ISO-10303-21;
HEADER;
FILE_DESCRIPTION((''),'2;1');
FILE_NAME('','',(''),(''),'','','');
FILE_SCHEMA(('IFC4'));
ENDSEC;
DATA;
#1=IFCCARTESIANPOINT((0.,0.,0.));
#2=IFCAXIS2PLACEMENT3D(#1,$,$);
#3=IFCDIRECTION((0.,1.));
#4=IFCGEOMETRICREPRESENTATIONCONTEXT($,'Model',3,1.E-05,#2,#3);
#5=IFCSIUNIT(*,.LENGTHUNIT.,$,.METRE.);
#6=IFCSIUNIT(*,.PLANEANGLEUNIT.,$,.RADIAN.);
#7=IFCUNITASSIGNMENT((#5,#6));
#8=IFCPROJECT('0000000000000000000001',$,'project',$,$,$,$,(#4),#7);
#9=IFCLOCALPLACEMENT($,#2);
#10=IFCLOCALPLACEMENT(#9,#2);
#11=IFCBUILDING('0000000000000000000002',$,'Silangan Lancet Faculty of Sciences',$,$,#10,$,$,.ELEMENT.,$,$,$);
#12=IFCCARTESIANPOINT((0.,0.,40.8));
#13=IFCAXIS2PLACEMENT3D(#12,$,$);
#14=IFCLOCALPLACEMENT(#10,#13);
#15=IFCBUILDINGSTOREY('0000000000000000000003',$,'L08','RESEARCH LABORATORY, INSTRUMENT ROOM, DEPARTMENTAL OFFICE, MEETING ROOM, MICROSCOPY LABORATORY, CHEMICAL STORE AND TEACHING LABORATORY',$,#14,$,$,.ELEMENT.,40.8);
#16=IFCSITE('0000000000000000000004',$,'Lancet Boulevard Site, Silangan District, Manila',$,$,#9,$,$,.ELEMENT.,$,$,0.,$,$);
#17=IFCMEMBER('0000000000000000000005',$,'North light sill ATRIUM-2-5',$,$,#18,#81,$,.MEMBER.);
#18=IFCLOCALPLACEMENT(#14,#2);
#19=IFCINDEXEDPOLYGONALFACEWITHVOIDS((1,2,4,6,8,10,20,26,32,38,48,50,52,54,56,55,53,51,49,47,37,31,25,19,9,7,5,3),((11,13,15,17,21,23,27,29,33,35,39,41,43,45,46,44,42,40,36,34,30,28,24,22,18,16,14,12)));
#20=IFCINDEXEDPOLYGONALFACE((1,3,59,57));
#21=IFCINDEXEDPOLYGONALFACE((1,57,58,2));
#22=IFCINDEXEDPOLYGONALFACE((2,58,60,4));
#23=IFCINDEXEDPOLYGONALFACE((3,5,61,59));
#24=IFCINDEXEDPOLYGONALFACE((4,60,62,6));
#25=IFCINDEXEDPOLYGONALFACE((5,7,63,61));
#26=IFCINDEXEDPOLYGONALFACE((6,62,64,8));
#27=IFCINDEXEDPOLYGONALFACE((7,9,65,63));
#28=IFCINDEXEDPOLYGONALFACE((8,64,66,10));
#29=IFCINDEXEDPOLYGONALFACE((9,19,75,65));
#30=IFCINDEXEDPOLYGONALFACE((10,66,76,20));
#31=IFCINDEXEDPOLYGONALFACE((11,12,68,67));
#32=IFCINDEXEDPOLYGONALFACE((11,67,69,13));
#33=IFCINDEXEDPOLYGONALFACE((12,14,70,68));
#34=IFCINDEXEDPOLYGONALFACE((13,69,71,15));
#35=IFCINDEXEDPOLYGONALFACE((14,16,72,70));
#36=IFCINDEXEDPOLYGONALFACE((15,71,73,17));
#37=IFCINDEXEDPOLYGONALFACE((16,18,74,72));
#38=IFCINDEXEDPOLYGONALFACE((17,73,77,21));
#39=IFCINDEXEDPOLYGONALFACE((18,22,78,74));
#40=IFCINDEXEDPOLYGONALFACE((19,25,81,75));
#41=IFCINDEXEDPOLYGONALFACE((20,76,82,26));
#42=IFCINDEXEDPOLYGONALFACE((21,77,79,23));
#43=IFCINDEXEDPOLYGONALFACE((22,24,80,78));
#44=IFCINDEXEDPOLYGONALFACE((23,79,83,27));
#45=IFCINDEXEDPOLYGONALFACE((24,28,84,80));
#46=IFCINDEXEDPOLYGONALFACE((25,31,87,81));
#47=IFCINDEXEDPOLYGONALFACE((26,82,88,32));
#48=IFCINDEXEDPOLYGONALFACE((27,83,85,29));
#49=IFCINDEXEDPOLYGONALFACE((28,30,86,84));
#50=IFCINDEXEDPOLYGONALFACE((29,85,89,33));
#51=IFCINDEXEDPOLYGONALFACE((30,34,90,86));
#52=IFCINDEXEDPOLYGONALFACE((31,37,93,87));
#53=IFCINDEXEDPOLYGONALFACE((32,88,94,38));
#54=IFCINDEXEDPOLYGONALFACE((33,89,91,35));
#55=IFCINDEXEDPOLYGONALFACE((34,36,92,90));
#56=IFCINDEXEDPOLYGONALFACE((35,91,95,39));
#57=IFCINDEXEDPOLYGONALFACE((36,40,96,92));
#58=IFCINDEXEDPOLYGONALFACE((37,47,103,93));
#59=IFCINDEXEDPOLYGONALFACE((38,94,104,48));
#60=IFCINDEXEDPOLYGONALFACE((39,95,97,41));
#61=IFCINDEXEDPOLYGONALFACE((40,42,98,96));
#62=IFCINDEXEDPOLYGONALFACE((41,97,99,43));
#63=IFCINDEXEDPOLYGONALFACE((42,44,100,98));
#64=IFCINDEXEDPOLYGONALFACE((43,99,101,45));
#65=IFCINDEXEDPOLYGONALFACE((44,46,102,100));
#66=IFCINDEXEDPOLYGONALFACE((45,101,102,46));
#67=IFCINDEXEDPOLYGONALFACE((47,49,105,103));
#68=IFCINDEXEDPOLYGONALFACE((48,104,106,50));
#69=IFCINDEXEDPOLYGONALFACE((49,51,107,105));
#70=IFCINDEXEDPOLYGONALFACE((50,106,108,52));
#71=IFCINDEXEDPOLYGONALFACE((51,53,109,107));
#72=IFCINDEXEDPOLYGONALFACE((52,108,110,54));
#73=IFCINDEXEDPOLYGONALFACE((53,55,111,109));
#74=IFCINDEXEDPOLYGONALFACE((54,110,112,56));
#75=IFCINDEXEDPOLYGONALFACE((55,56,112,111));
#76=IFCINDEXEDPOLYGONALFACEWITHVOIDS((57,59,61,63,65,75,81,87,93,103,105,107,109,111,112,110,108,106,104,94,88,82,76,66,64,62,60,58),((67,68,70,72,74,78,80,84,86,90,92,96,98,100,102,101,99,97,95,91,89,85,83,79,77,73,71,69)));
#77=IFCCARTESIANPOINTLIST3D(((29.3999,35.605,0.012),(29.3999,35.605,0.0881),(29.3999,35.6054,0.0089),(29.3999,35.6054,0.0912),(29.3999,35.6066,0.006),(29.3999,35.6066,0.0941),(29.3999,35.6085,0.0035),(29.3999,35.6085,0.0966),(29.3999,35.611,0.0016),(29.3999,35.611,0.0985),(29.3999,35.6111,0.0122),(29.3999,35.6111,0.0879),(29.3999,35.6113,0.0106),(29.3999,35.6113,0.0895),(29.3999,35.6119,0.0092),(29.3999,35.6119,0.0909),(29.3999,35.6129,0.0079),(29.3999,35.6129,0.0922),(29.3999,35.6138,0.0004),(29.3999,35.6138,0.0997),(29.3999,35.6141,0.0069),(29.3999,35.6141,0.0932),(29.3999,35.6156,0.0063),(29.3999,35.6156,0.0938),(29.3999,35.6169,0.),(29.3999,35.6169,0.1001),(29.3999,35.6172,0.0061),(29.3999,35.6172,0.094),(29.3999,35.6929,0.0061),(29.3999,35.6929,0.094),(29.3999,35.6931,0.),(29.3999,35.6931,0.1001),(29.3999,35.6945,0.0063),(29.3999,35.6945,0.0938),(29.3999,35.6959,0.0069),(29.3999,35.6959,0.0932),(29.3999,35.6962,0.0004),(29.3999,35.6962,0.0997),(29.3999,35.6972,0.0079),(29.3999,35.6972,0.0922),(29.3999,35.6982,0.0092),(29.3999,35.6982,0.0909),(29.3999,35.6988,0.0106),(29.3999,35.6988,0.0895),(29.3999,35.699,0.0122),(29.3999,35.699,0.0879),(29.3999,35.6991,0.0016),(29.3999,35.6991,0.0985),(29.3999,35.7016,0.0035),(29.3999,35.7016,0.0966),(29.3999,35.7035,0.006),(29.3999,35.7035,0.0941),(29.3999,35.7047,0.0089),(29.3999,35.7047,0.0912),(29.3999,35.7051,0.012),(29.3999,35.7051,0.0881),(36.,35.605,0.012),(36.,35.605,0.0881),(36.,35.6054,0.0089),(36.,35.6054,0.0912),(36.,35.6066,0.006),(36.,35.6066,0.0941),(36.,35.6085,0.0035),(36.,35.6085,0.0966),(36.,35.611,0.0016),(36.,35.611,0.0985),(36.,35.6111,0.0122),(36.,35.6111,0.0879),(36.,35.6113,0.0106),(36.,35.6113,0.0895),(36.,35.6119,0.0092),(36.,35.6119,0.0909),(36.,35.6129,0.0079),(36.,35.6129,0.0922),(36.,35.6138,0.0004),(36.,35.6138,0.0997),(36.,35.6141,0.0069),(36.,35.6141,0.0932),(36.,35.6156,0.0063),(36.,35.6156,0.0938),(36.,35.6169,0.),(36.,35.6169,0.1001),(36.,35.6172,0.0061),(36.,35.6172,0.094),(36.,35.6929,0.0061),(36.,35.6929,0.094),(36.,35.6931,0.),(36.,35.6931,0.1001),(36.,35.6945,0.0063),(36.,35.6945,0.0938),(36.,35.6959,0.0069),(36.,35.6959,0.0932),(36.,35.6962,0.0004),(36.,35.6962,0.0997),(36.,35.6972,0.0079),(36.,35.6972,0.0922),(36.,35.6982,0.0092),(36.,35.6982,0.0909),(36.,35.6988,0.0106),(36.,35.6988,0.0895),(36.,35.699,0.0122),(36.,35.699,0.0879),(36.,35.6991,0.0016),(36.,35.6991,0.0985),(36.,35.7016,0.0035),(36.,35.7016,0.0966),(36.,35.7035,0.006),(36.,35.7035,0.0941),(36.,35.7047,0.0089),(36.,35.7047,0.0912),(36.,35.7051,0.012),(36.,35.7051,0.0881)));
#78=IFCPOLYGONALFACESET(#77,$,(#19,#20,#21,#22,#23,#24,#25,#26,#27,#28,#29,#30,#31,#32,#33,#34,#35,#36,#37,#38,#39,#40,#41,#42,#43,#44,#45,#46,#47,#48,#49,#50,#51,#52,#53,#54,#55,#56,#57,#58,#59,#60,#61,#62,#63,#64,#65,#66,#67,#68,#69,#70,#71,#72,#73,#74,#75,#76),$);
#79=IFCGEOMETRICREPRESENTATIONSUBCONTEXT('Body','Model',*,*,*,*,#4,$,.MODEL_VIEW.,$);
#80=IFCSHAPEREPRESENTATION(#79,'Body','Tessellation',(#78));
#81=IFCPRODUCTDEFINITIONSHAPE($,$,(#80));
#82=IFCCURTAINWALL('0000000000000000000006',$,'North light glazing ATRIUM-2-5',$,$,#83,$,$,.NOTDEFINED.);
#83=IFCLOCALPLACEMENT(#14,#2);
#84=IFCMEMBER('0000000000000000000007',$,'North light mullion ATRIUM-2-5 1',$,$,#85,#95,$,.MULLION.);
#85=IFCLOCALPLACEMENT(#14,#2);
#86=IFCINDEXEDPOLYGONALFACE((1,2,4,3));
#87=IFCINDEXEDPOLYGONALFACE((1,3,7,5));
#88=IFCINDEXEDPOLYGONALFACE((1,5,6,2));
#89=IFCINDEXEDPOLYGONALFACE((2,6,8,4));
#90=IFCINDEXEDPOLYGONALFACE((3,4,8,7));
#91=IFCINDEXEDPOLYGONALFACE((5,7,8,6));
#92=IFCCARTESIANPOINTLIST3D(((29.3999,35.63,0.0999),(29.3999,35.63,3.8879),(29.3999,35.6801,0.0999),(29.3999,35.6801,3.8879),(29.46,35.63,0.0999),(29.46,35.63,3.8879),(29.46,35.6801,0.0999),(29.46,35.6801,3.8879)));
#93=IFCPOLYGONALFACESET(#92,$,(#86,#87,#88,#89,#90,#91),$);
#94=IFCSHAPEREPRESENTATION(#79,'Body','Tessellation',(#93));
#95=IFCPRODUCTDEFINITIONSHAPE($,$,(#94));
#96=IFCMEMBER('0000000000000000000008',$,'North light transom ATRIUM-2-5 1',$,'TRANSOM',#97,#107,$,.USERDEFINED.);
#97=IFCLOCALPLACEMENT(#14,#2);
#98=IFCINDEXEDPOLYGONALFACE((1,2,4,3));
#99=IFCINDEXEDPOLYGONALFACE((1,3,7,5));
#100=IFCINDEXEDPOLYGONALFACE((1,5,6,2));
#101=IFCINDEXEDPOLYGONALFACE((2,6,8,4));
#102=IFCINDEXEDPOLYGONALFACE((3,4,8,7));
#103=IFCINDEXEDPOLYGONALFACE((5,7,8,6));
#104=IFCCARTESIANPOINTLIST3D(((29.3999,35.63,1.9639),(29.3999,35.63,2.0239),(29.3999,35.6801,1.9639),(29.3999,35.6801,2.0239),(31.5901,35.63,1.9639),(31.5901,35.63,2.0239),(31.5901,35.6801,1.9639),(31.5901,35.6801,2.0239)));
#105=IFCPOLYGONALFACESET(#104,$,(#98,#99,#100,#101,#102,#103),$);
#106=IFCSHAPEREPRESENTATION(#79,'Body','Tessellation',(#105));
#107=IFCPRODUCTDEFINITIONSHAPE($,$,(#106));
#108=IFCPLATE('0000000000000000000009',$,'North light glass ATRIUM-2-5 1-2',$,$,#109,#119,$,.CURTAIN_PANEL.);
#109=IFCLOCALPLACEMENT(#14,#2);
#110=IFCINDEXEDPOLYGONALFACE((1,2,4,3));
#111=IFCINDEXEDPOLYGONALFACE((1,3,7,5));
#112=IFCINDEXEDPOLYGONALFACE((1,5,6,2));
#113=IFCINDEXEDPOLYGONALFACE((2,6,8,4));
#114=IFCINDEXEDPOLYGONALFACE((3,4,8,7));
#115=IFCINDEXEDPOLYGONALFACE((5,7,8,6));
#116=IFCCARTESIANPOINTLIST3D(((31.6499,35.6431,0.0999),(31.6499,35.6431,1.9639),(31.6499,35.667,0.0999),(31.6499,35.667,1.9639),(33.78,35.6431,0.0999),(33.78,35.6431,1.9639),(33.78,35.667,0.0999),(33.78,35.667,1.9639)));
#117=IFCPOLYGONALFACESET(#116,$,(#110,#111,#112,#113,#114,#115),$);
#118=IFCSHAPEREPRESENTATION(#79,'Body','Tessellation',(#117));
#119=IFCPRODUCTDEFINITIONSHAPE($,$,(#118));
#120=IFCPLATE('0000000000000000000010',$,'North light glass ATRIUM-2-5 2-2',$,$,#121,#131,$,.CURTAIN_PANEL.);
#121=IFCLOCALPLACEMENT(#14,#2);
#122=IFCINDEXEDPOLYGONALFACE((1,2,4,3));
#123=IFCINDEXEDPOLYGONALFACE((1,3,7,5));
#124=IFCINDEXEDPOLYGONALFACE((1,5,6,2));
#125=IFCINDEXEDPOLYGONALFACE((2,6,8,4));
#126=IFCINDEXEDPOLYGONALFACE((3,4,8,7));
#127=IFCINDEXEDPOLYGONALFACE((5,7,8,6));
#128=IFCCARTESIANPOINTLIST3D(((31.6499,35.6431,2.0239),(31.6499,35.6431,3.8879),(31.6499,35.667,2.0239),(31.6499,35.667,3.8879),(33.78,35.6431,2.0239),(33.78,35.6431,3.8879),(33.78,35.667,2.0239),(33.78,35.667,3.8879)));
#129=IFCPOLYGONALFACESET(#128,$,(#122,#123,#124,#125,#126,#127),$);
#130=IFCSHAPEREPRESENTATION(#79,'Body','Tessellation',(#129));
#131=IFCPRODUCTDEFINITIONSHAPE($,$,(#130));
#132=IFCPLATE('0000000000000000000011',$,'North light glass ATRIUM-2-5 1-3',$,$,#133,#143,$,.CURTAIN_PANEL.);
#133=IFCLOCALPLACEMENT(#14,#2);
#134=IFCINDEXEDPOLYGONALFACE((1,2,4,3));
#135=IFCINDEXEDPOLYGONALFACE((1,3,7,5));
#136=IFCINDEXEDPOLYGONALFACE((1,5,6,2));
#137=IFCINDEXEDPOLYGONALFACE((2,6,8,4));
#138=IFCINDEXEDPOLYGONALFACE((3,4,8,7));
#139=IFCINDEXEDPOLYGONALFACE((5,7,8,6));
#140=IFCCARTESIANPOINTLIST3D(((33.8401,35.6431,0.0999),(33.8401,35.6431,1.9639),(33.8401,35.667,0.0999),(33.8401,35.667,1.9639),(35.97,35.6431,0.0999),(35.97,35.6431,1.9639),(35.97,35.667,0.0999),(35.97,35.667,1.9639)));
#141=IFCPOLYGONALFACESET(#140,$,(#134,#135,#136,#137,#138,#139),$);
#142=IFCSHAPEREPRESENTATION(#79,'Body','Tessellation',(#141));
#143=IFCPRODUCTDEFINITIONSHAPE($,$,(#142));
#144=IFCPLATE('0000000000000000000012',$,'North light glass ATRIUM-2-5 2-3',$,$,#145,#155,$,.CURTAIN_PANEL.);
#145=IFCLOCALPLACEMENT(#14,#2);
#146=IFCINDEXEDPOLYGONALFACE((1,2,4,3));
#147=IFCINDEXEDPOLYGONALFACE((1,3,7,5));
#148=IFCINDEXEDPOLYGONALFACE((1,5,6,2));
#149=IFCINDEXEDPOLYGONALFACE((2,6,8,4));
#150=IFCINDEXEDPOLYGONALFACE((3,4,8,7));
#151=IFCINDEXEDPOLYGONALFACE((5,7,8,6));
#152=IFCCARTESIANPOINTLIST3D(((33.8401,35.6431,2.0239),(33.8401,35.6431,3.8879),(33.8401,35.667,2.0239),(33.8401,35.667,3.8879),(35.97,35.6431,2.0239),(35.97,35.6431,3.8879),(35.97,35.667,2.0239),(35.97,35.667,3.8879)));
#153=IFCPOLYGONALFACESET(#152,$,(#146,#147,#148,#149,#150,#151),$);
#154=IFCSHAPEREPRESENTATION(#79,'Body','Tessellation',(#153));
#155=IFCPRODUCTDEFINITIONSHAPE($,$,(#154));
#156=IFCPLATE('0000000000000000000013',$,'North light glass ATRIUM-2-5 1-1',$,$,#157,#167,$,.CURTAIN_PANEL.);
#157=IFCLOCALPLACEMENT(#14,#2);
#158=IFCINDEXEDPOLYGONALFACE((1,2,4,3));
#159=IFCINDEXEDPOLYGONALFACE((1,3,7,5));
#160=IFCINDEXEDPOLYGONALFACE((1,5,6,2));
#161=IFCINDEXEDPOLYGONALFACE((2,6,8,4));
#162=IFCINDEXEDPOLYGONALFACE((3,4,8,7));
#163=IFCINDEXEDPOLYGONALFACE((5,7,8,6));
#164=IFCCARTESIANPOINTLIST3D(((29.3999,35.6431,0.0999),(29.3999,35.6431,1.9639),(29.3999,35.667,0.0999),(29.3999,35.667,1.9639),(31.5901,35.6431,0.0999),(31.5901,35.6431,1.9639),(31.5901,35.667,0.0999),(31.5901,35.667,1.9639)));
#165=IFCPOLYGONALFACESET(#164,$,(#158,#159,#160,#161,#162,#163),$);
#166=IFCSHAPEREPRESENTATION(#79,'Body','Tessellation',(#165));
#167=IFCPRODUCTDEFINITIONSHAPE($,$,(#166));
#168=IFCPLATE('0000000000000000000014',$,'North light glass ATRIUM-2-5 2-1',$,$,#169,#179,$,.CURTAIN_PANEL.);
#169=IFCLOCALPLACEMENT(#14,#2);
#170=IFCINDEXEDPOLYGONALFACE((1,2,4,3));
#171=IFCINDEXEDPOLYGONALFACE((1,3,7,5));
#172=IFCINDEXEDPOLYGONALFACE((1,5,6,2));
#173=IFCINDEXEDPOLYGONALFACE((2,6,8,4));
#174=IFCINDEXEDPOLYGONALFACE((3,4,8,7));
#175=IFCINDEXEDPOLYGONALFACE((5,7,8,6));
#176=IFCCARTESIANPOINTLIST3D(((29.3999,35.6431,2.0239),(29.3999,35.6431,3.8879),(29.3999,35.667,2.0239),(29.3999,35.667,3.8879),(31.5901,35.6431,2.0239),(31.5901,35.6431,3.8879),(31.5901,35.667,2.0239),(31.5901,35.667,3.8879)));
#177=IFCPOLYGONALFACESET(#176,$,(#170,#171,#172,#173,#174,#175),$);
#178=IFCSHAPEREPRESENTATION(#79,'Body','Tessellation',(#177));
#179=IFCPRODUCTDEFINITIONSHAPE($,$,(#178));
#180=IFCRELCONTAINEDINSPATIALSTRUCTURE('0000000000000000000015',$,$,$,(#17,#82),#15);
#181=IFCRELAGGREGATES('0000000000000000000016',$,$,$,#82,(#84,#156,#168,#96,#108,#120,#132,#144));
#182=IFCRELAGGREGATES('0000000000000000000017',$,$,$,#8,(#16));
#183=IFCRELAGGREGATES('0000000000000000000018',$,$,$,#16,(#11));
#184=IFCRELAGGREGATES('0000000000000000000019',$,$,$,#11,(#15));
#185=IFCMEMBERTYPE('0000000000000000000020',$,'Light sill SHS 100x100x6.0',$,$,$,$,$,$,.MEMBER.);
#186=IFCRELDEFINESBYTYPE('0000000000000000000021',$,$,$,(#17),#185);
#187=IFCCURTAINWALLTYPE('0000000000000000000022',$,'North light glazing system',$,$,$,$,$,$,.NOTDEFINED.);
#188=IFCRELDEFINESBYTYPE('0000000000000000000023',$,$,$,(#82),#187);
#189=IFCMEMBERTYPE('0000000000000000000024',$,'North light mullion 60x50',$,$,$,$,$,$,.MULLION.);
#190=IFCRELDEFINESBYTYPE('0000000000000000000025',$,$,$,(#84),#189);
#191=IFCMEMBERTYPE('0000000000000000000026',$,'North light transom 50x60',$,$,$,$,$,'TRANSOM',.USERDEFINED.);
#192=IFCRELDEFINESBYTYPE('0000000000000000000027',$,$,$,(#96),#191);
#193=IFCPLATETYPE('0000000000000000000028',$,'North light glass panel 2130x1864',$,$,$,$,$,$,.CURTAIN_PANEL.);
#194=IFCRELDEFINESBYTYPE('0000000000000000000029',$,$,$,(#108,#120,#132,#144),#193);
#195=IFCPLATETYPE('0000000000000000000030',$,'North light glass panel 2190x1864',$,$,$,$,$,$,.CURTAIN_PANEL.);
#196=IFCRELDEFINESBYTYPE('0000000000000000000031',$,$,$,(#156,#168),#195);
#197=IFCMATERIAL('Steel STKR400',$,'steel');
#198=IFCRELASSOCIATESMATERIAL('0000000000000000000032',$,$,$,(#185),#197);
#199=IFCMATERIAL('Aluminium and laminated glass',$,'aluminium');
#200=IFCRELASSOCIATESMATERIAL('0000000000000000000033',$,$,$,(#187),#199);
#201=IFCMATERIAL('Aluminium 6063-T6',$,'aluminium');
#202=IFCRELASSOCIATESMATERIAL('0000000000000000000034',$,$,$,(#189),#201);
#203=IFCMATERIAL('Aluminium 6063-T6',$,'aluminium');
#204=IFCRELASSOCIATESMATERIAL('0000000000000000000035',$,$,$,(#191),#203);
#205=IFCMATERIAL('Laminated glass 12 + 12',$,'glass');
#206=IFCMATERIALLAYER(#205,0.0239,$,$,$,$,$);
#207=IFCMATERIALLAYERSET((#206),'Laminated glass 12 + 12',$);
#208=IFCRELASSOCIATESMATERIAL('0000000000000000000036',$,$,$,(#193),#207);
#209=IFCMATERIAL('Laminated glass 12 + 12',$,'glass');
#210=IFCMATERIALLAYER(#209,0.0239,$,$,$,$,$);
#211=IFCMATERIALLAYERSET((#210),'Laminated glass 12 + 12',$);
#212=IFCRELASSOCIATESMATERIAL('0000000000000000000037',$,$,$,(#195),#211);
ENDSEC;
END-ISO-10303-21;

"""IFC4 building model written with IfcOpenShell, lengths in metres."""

from ifc_helpers import new_model, si_unit, direction, frame, origin, origin_2d, place, context, subcontext, project, spatial, polyline, rectangle, hollow_rectangle, outline, extrude, material, layer, layer_set, material_profile, profile_set, type_object, element, aggregate, save


model = new_model("IFC4")

# Units and contexts
model_context = context("Model", 3, precision=1e-05, world=origin(), true_north=direction((0.0, 1.0)))
body_context = subcontext(model_context, "Body", "Model", "MODEL_VIEW")
ifc_project = project(units=[si_unit("LENGTHUNIT", "METRE"), si_unit("PLANEANGLEUNIT", "RADIAN")], contexts=[model_context])

# Site, building, storey
site_placement = place(None, origin())
site = spatial("IfcSite", under=ifc_project, at=site_placement, Name="Lancet Boulevard Site, Silangan District, Manila", CompositionType="ELEMENT", RefElevation=0.0)
building_placement = place(site_placement, origin())
building = spatial("IfcBuilding", under=site, at=building_placement, Name="Silangan Lancet Faculty of Sciences", CompositionType="ELEMENT")
storey_placement = place(building_placement, frame((0.0, 0.0, 40.8)))
storey = spatial("IfcBuildingStorey", under=building, at=storey_placement, Name="L08", Description="RESEARCH LABORATORY, INSTRUMENT ROOM, DEPARTMENTAL OFFICE, MEETING ROOM, MICROSCOPY LABORATORY, CHEMICAL STORE AND TEACHING LABORATORY", CompositionType="ELEMENT", Elevation=40.8)

# Member
ifc_material_1 = material(Name="Steel STKR400", Category="steel")
ifc_material_profile_1 = material_profile(ifc_material_1, hollow_rectangle(XDim=0.1001, YDim=0.1001, WallThickness=0.0061, InnerFilletRadius=0.0061, OuterFilletRadius=0.012, at=origin_2d()), Name="SHS 100x100x6.0")
ifc_profile_set_1 = profile_set([ifc_material_profile_1], Name="Steel STKR400")
member_type_1 = type_object("IfcMemberType", Name="Light sill SHS 100x100x6.0", PredefinedType="MEMBER", material=ifc_profile_set_1)
member_1_placement = place(storey_placement, frame((29.3999, 35.655, 0.05), z_axis=(1.0, 0.0, 0.0), x_axis=(0.0, 1.0, 0.0)))
element("IfcMember", 1, at=member_1_placement, inside=storey, type_object=member_type_1, Name="North light sill ATRIUM-2-5", PredefinedType="MEMBER", context=body_context, shape_type="SweptSolid", body=[
    extrude(hollow_rectangle(XDim=0.1001, YDim=0.1001, WallThickness=0.0061, InnerFilletRadius=0.0061, OuterFilletRadius=0.012, at=origin_2d()), origin(), (0.0, 0.0, 1.0), 6.6001),
])

# Curtain wall, members, plates
ifc_material_2 = material(Name="Aluminium and laminated glass", Category="aluminium")
curtain_wall_type = type_object("IfcCurtainWallType", Name="North light glazing system", PredefinedType="NOTDEFINED", material=ifc_material_2)
curtain_wall_1_placement = place(storey_placement, origin())
curtain_wall_1 = element("IfcCurtainWall", 2, at=curtain_wall_1_placement, inside=storey, type_object=curtain_wall_type, Name="North light glazing ATRIUM-2-5", PredefinedType="NOTDEFINED")
ifc_material_3 = material(Name="Aluminium 6063-T6", Category="aluminium")
ifc_material_profile_2 = material_profile(ifc_material_3, rectangle(XDim=0.0601, YDim=0.05, at=origin_2d()), Name="AL 60x50")
ifc_profile_set_2 = profile_set([ifc_material_profile_2], Name="Aluminium 6063-T6")
member_type_2 = type_object("IfcMemberType", Name="North light mullion 60x50", PredefinedType="MULLION", material=ifc_profile_set_2)
member_2_placement = place(storey_placement, frame((29.4299, 35.655, 0.0999), z_axis=(0.0, 0.0, 1.0), x_axis=(1.0, 0.0, 0.0)))
member_2 = element("IfcMember", 3, at=member_2_placement, type_object=member_type_2, Name="North light mullion ATRIUM-2-5 1", PredefinedType="MULLION", context=body_context, shape_type="SweptSolid", body=[
    extrude(rectangle(XDim=0.0601, YDim=0.05, at=origin_2d()), origin(), (0.0, 0.0, 1.0), 3.7881),
])
ifc_material_4 = material(Name="Aluminium 6063-T6", Category="aluminium")
ifc_material_profile_3 = material_profile(ifc_material_4, rectangle(XDim=0.05, YDim=0.0601, at=origin_2d()), Name="AL 50x60")
ifc_profile_set_3 = profile_set([ifc_material_profile_3], Name="Aluminium 6063-T6")
member_type_3 = type_object("IfcMemberType", Name="North light transom 50x60", ElementType="TRANSOM", PredefinedType="USERDEFINED", material=ifc_profile_set_3)
member_3_placement = place(storey_placement, frame((29.3999, 35.655, 1.9939), z_axis=(1.0, 0.0, 0.0), x_axis=(0.0, 1.0, 0.0)))
member_3 = element("IfcMember", 4, at=member_3_placement, type_object=member_type_3, Name="North light transom ATRIUM-2-5 1", ObjectType="TRANSOM", PredefinedType="USERDEFINED", context=body_context, shape_type="SweptSolid", body=[
    extrude(rectangle(XDim=0.05, YDim=0.0601, at=origin_2d()), origin(), (0.0, 0.0, 1.0), 2.1902),
])
ifc_material_5 = material(Name="Laminated glass 12 + 12", Category="glass")
ifc_layer_1 = layer(ifc_material_5, 0.0239)
ifc_layer_set_1 = layer_set([ifc_layer_1], Name="Laminated glass 12 + 12")
plate_type_1 = type_object("IfcPlateType", Name="North light glass panel 2130x1864", PredefinedType="CURTAIN_PANEL", material=ifc_layer_set_1)
plate_1_placement = place(storey_placement, frame((31.6499, 35.6431, 0.0999), z_axis=(0.0, -1.0, 0.0), x_axis=(1.0, 0.0, 0.0)))
plate_1 = element("IfcPlate", 5, at=plate_1_placement, type_object=plate_type_1, Name="North light glass ATRIUM-2-5 1-2", PredefinedType="CURTAIN_PANEL", context=body_context, shape_type="SweptSolid", body=[
    extrude(outline(polyline([(0.0, 0.0), (2.1301, 0.0), (2.1301, 1.864), (0.0, 1.864), (0.0, 0.0)])), origin(), (0.0, 0.0, -1.0), 0.0239),
])
plate_2_placement = place(storey_placement, frame((31.6499, 35.6431, 2.0239), z_axis=(0.0, -1.0, 0.0), x_axis=(1.0, 0.0, 0.0)))
plate_2 = element("IfcPlate", 6, at=plate_2_placement, type_object=plate_type_1, Name="North light glass ATRIUM-2-5 2-2", PredefinedType="CURTAIN_PANEL", context=body_context, shape_type="SweptSolid", body=[
    extrude(outline(polyline([(0.0, 0.0), (2.1301, 0.0), (2.1301, 1.864), (0.0, 1.864), (0.0, 0.0)])), origin(), (0.0, 0.0, -1.0), 0.0239),
])
plate_3_placement = place(storey_placement, frame((33.8401, 35.6431, 0.0999), z_axis=(0.0, -1.0, 0.0), x_axis=(1.0, 0.0, 0.0)))
plate_3 = element("IfcPlate", 7, at=plate_3_placement, type_object=plate_type_1, Name="North light glass ATRIUM-2-5 1-3", PredefinedType="CURTAIN_PANEL", context=body_context, shape_type="SweptSolid", body=[
    extrude(outline(polyline([(0.0, 0.0), (2.1299, 0.0), (2.1299, 1.864), (0.0, 1.864), (0.0, 0.0)])), origin(), (0.0, 0.0, -1.0), 0.0239),
])
plate_4_placement = place(storey_placement, frame((33.8401, 35.6431, 2.0239), z_axis=(0.0, -1.0, 0.0), x_axis=(1.0, 0.0, 0.0)))
plate_4 = element("IfcPlate", 8, at=plate_4_placement, type_object=plate_type_1, Name="North light glass ATRIUM-2-5 2-3", PredefinedType="CURTAIN_PANEL", context=body_context, shape_type="SweptSolid", body=[
    extrude(outline(polyline([(0.0, 0.0), (2.1299, 0.0), (2.1299, 1.864), (0.0, 1.864), (0.0, 0.0)])), origin(), (0.0, 0.0, -1.0), 0.0239),
])
ifc_material_6 = material(Name="Laminated glass 12 + 12", Category="glass")
ifc_layer_2 = layer(ifc_material_6, 0.0239)
ifc_layer_set_2 = layer_set([ifc_layer_2], Name="Laminated glass 12 + 12")
plate_type_2 = type_object("IfcPlateType", Name="North light glass panel 2190x1864", PredefinedType="CURTAIN_PANEL", material=ifc_layer_set_2)
plate_5_placement = place(storey_placement, frame((29.3999, 35.6431, 0.0999), z_axis=(0.0, -1.0, 0.0), x_axis=(1.0, 0.0, 0.0)))
plate_5 = element("IfcPlate", 9, at=plate_5_placement, type_object=plate_type_2, Name="North light glass ATRIUM-2-5 1-1", PredefinedType="CURTAIN_PANEL", context=body_context, shape_type="SweptSolid", body=[
    extrude(outline(polyline([(0.0, 0.0), (2.1902, 0.0), (2.1902, 1.864), (0.0, 1.864), (0.0, 0.0)])), origin(), (0.0, 0.0, -1.0), 0.0239),
])
plate_6_placement = place(storey_placement, frame((29.3999, 35.6431, 2.0239), z_axis=(0.0, -1.0, 0.0), x_axis=(1.0, 0.0, 0.0)))
plate_6 = element("IfcPlate", 10, at=plate_6_placement, type_object=plate_type_2, Name="North light glass ATRIUM-2-5 2-1", PredefinedType="CURTAIN_PANEL", context=body_context, shape_type="SweptSolid", body=[
    extrude(outline(polyline([(0.0, 0.0), (2.1902, 0.0), (2.1902, 1.864), (0.0, 1.864), (0.0, 0.0)])), origin(), (0.0, 0.0, -1.0), 0.0239),
])
aggregate(curtain_wall_1, [member_2, plate_5, plate_6, member_3, plate_1, plate_2, plate_3, plate_4])

save(model, "model.ifc")
